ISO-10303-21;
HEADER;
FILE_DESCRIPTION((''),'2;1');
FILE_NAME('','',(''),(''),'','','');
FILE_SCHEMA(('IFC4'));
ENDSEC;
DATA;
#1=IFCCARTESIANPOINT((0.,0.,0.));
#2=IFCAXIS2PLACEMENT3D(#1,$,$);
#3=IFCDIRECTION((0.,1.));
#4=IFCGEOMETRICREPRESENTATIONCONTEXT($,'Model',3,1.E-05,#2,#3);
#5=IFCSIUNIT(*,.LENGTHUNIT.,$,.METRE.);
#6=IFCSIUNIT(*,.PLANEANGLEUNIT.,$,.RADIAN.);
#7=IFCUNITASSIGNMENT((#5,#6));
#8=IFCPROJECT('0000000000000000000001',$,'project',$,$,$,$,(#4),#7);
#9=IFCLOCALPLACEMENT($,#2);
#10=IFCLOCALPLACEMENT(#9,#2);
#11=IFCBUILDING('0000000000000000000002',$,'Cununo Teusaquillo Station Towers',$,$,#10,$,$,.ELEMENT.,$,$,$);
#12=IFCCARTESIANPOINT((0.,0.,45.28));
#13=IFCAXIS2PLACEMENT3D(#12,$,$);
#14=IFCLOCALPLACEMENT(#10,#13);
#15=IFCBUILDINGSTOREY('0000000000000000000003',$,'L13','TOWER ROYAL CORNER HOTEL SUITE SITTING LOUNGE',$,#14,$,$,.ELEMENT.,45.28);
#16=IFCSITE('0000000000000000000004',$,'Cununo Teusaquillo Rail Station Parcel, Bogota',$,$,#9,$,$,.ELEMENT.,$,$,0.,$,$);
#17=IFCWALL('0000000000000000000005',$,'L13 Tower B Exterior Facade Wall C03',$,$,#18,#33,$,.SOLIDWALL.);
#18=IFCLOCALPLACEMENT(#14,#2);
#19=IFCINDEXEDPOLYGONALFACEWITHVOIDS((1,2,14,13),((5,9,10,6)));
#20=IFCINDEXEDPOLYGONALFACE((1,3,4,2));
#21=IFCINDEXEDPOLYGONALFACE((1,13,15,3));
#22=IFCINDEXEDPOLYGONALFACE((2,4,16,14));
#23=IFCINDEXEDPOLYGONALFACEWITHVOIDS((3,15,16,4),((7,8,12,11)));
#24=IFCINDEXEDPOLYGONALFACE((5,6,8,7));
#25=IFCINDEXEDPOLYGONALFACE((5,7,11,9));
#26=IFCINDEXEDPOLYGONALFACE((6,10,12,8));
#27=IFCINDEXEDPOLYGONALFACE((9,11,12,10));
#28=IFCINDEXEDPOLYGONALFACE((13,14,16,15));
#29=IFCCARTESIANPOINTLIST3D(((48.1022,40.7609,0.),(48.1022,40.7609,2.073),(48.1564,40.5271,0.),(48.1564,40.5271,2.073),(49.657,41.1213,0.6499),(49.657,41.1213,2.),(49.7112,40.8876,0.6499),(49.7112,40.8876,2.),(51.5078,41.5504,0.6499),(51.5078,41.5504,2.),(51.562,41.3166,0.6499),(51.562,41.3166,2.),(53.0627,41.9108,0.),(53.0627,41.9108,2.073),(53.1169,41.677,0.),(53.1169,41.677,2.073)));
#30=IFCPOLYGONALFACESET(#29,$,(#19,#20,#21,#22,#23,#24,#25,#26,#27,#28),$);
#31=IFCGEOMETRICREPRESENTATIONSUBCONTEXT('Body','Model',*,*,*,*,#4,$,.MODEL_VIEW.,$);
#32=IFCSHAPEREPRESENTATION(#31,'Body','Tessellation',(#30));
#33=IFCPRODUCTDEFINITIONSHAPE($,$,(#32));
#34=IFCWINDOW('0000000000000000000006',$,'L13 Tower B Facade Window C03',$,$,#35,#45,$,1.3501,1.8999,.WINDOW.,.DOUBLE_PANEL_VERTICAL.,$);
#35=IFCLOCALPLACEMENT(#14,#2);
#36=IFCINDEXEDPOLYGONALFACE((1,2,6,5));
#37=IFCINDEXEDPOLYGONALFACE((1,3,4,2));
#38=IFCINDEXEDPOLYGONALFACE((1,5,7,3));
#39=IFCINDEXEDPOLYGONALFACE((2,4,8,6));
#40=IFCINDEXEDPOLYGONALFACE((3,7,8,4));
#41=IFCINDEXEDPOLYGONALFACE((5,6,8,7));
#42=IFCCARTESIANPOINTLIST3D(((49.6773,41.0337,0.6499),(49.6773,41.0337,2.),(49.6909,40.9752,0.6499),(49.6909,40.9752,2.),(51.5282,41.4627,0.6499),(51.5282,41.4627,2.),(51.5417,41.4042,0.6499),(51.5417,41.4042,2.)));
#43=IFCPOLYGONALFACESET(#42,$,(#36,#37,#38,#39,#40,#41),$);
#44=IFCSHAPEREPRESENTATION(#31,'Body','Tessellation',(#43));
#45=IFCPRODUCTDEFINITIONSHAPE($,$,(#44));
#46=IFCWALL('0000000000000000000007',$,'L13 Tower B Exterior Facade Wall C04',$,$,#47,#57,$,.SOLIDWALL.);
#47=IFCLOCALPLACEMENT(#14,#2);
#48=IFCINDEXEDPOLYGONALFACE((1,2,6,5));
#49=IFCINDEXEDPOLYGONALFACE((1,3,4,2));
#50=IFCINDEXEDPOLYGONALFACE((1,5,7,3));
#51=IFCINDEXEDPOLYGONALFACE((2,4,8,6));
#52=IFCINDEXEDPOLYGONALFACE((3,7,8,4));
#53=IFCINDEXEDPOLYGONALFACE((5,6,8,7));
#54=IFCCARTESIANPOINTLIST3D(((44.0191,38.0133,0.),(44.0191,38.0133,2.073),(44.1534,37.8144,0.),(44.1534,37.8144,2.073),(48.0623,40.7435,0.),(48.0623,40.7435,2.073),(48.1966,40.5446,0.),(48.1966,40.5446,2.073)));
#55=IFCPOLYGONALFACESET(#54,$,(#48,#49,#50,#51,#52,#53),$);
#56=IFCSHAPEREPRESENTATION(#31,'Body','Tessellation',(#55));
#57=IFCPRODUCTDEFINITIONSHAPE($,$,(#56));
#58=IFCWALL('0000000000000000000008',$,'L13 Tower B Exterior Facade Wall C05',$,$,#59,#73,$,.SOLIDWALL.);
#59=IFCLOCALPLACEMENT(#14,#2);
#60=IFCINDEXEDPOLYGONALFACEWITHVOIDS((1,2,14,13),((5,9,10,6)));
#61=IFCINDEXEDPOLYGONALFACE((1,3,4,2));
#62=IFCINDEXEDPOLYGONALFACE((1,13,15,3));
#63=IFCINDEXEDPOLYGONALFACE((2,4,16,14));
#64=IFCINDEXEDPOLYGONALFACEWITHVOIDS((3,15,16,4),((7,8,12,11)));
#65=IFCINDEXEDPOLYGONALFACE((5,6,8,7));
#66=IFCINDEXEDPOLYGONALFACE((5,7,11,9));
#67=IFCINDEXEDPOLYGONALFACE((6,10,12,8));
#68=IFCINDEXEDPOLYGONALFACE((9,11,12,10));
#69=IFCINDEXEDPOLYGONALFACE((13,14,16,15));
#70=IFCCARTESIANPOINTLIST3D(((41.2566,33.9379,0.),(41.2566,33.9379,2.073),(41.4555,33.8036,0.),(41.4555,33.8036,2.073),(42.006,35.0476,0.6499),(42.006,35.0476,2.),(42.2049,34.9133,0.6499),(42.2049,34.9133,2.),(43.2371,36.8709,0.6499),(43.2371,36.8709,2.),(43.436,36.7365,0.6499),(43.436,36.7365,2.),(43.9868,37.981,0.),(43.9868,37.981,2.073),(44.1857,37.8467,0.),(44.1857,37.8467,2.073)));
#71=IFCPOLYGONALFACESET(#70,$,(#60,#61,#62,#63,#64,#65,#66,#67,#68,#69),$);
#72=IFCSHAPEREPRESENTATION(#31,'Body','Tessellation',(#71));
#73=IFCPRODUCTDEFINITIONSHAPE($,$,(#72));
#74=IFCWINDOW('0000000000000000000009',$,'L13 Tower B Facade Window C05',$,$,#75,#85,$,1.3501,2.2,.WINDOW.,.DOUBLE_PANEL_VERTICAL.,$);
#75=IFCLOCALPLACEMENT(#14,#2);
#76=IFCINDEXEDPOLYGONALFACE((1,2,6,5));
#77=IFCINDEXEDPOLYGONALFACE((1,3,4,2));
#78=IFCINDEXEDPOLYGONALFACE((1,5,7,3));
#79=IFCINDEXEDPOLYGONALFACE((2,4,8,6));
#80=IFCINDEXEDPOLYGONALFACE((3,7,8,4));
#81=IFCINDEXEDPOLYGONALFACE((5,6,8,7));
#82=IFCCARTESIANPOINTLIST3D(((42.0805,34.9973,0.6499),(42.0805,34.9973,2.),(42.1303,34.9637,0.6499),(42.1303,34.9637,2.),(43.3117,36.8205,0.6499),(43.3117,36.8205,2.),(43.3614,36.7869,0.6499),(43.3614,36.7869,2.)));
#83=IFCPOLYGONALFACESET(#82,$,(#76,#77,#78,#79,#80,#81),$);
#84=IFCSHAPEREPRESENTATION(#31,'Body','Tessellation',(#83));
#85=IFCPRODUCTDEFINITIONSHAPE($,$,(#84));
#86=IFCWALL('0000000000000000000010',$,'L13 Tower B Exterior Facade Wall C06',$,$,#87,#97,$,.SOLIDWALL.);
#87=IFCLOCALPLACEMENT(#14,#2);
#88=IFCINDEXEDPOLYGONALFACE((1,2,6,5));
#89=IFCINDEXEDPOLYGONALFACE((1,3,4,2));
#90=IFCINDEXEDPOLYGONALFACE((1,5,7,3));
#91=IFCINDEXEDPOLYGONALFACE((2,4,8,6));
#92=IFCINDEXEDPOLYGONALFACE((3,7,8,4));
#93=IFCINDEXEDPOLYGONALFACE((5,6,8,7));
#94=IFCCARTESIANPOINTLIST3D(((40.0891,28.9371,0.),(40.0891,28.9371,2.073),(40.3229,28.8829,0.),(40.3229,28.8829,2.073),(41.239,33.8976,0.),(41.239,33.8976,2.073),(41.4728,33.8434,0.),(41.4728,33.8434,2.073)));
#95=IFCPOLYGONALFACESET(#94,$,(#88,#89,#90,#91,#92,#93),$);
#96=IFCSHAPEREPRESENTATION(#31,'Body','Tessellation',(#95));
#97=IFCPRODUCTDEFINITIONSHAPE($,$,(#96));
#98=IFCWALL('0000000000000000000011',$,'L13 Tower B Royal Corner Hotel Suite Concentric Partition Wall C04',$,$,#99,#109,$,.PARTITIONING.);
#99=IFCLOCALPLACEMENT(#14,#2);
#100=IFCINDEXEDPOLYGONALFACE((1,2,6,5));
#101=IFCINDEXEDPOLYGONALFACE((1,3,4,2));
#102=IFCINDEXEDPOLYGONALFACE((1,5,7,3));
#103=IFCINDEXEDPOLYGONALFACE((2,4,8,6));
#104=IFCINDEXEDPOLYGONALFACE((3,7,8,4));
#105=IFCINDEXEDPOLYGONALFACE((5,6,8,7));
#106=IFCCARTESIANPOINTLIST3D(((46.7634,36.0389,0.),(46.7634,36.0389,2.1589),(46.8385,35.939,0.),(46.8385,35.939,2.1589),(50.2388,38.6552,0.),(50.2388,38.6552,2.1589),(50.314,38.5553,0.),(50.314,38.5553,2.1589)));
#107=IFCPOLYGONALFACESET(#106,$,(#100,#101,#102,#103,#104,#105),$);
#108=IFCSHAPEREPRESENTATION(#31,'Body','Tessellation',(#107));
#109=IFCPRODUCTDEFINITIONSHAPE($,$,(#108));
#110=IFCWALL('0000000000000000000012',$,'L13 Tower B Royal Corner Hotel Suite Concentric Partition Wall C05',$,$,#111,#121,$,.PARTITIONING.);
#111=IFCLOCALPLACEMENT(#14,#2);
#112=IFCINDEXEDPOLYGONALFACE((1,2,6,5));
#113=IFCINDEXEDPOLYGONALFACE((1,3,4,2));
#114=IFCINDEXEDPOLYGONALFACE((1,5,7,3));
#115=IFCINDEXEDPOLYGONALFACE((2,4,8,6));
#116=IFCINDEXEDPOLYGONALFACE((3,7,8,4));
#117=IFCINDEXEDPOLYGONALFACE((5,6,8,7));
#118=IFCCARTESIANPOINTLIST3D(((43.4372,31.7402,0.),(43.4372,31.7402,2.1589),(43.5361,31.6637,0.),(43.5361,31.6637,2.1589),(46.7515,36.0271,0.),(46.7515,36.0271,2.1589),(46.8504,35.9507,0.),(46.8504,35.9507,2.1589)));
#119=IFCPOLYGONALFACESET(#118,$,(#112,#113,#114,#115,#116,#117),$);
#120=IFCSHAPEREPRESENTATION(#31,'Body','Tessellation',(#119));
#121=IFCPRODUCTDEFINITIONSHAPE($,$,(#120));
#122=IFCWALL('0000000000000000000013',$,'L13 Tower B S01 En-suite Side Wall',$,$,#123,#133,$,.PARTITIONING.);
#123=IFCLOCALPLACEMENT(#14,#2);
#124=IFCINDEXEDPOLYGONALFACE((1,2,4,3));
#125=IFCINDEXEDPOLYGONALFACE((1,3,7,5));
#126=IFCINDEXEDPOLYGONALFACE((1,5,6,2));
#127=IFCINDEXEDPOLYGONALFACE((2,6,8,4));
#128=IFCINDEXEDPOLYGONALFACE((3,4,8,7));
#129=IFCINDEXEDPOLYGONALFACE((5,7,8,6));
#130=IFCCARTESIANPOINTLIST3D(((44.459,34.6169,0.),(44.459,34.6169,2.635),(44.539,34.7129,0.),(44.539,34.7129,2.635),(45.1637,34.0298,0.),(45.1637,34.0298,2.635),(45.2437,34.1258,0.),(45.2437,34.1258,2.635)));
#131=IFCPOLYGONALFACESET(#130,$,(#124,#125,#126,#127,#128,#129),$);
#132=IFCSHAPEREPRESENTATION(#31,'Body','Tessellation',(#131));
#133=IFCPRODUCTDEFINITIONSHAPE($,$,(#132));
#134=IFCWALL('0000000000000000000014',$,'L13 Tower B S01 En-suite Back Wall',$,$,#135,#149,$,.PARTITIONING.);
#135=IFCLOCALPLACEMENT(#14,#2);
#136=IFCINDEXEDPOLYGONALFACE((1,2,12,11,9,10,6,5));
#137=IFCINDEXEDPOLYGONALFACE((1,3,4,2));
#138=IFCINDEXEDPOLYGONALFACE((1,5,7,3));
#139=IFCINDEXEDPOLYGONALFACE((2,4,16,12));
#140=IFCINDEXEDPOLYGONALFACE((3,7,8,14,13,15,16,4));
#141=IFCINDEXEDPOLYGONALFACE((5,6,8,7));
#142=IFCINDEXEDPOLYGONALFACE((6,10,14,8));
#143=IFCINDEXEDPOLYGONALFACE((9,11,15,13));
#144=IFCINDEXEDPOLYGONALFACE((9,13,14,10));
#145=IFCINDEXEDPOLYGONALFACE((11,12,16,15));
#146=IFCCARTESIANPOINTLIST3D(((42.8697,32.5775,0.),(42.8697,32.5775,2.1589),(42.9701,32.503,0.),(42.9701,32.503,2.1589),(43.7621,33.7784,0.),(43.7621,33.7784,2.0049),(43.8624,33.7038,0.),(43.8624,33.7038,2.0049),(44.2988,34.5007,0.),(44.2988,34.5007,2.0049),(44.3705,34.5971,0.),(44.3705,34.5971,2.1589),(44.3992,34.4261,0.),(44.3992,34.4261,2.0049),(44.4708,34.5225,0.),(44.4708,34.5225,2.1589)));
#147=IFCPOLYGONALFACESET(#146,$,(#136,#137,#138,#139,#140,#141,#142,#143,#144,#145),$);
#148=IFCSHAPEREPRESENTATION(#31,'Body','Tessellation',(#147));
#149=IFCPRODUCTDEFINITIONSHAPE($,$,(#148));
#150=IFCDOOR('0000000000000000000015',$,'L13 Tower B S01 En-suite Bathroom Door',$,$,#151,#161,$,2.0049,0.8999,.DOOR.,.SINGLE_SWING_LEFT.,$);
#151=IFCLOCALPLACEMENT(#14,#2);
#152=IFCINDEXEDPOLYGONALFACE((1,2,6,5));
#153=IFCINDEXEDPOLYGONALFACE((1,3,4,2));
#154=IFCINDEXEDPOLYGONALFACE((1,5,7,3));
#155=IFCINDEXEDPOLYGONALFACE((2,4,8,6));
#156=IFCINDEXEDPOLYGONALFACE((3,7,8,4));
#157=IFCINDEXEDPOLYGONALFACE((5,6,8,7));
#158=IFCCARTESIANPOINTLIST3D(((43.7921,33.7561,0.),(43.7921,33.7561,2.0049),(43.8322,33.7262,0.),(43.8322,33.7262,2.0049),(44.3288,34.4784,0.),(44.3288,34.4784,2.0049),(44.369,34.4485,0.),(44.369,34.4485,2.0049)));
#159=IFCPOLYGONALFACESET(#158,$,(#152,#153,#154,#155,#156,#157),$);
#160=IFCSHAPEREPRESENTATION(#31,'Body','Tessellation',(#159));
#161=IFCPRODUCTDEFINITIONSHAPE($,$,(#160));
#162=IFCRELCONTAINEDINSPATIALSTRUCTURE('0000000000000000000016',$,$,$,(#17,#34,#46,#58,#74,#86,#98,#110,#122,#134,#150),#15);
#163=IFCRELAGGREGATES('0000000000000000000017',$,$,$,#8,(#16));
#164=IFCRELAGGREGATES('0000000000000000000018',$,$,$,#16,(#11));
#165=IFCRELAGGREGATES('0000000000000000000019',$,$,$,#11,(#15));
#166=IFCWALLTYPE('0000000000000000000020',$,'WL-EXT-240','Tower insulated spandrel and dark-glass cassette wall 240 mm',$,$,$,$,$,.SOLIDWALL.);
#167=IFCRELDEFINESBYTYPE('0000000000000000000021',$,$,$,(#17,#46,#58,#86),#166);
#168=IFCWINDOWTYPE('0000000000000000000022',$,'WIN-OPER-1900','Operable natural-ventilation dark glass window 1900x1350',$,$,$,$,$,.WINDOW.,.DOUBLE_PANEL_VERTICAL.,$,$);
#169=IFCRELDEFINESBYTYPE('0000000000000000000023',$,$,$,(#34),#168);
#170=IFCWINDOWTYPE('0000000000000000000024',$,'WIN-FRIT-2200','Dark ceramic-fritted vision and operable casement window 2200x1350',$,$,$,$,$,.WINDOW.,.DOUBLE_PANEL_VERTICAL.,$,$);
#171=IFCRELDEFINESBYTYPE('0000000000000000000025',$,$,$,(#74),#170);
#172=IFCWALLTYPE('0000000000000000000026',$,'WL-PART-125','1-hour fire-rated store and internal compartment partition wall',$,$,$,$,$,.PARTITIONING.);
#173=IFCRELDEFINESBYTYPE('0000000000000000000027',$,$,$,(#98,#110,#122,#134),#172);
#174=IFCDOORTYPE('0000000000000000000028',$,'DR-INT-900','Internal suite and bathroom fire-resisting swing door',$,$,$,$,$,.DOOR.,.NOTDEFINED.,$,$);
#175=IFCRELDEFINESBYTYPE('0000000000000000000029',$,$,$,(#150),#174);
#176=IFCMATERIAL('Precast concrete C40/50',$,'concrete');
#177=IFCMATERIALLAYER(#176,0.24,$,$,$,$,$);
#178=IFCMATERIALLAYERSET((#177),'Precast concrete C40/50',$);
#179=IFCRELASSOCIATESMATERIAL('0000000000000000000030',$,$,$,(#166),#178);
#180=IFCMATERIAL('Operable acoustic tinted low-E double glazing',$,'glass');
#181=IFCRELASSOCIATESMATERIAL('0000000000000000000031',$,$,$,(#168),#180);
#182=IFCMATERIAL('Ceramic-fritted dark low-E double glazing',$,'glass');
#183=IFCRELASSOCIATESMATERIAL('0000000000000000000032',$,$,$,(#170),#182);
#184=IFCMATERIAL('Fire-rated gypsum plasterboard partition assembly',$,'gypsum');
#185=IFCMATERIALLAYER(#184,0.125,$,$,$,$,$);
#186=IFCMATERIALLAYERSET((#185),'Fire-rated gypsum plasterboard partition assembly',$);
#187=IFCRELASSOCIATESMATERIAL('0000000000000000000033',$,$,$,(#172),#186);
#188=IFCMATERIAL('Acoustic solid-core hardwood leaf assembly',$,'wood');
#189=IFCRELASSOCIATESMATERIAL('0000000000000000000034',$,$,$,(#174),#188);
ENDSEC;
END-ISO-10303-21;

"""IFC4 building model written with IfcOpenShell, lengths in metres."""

from ifc_helpers import new_model, si_unit, direction, frame, frame_2d, origin, place, context, subcontext, project, spatial, rectangle, extrude, source, transform, mapped, material, layer, layer_set, type_object, element, fill, save


model = new_model("IFC4")

# Units and contexts
model_context = context("Model", 3, precision=1e-05, world=origin(), true_north=direction((0.0, 1.0)))
body_context = subcontext(model_context, "Body", "Model", "MODEL_VIEW")
ifc_project = project(units=[si_unit("LENGTHUNIT", "METRE"), si_unit("PLANEANGLEUNIT", "RADIAN")], contexts=[model_context])

# Site, building, storey
site_placement = place(None, origin())
site = spatial("IfcSite", under=ifc_project, at=site_placement, Name="Cununo Teusaquillo Rail Station Parcel, Bogota", CompositionType="ELEMENT", RefElevation=0.0)
building_placement = place(site_placement, origin())
building = spatial("IfcBuilding", under=site, at=building_placement, Name="Cununo Teusaquillo Station Towers", CompositionType="ELEMENT")
storey_placement = place(building_placement, frame((0.0, 0.0, 45.28)))
storey = spatial("IfcBuildingStorey", under=building, at=storey_placement, Name="L13", Description="TOWER ROYAL CORNER HOTEL SUITE SITTING LOUNGE", CompositionType="ELEMENT", Elevation=45.28)

# Wall, opening, window
ifc_material_1 = material(Name="Precast concrete C40/50", Category="concrete")
ifc_layer_1 = layer(ifc_material_1, 0.24)
ifc_layer_set_1 = layer_set([ifc_layer_1], Name="Precast concrete C40/50")
wall_type_1 = type_object("IfcWallType", Name="WL-EXT-240", Description="Tower insulated spandrel and dark-glass cassette wall 240 mm", PredefinedType="SOLIDWALL", material=ifc_layer_set_1)
wall_1_placement = place(storey_placement, frame((48.1294, 40.644, 0.0), z_axis=(0.0, 0.0, 1.0), x_axis=(0.974168, 0.225826, 0.0)))
wall_1 = element("IfcWall", 1, at=wall_1_placement, inside=storey, type_object=wall_type_1, Name="L13 Tower B Exterior Facade Wall C03", PredefinedType="SOLIDWALL", context=body_context, shape_type="SweptSolid", body=[
    extrude(rectangle(XDim=5.092, YDim=0.24, at=frame_2d((2.5459, 0.0))), origin(), (0.0, 0.0, 1.0), 2.073),
])
shared_shape_1 = source(origin(), body_context, "Body", "SweptSolid", [
    extrude(rectangle(XDim=1.8999, YDim=1.3501, at=frame_2d((0.95, 0.675))), frame((0.0, 0.1299, 0.0), z_axis=(0.0, -1.0, 0.0), x_axis=(1.0, 0.0, 0.0)), (0.0, 0.0, 1.0), 0.26),
])
opening_1_placement = place(wall_1_placement, frame((1.5959, 0.0, 0.6499)))
opening_1 = element("IfcOpeningElement", 2, at=opening_1_placement, cuts=wall_1, PredefinedType="OPENING", context=body_context, shape_type="MappedRepresentation", body=[
    mapped(shared_shape_1, transform((0.0, 0.0, 0.0), x_axis=(1.0, 0.0, 0.0), y_axis=(0.0, 1.0, 0.0), z_axis=(0.0, 0.0, 1.0), scale=1.0)),
])
ifc_material_2 = material(Name="Operable acoustic tinted low-E double glazing", Category="glass")
window_type_1 = type_object("IfcWindowType", Name="WIN-OPER-1900", Description="Operable natural-ventilation dark glass window 1900x1350", PartitioningType="DOUBLE_PANEL_VERTICAL", PredefinedType="WINDOW", material=ifc_material_2)
shared_shape_2 = source(origin(), body_context, "Body", "SweptSolid", [
    extrude(rectangle(XDim=1.8999, YDim=1.3501, at=frame_2d((0.95, 0.675))), frame((0.0, 0.03, 0.0), z_axis=(0.0, -1.0, 0.0), x_axis=(1.0, 0.0, 0.0)), (0.0, 0.0, 1.0), 0.0601),
])
window_1_placement = place(opening_1_placement, origin())
window_1 = element("IfcWindow", 3, at=window_1_placement, inside=storey, type_object=window_type_1, Name="L13 Tower B Facade Window C03", OverallHeight=1.3501, OverallWidth=1.8999, PartitioningType="DOUBLE_PANEL_VERTICAL", PredefinedType="WINDOW", context=body_context, shape_type="MappedRepresentation", body=[
    mapped(shared_shape_2, transform((0.0, 0.0, 0.0), x_axis=(1.0, 0.0, 0.0), y_axis=(0.0, 1.0, 0.0), z_axis=(0.0, 0.0, 1.0), scale=1.0)),
])
fill(opening_1, window_1)

# Wall
wall_2_placement = place(storey_placement, frame((44.0862, 37.9138, 0.0), z_axis=(0.0, 0.0, 1.0), x_axis=(0.828748, 0.559622, 0.0)))
element("IfcWall", 4, at=wall_2_placement, inside=storey, type_object=wall_type_1, Name="L13 Tower B Exterior Facade Wall C04", PredefinedType="SOLIDWALL", context=body_context, shape_type="SweptSolid", body=[
    extrude(rectangle(XDim=4.8787, YDim=0.24, at=frame_2d((2.4395, 0.0))), origin(), (0.0, 0.0, 1.0), 2.073),
])

# Wall, opening, window
wall_3_placement = place(storey_placement, frame((41.356, 33.8706, 0.0), z_axis=(0.0, 0.0, 1.0), x_axis=(0.559622, 0.828748, 0.0)))
wall_3 = element("IfcWall", 5, at=wall_3_placement, inside=storey, type_object=wall_type_1, Name="L13 Tower B Exterior Facade Wall C05", PredefinedType="SOLIDWALL", context=body_context, shape_type="SweptSolid", body=[
    extrude(rectangle(XDim=4.8787, YDim=0.24, at=frame_2d((2.4395, 0.0))), origin(), (0.0, 0.0, 1.0), 2.073),
])
shared_shape_3 = source(origin(), body_context, "Body", "SweptSolid", [
    extrude(rectangle(XDim=2.2, YDim=1.3501, at=frame_2d((1.1001, 0.675))), frame((0.0, 0.1299, 0.0), z_axis=(0.0, -1.0, 0.0), x_axis=(1.0, 0.0, 0.0)), (0.0, 0.0, 1.0), 0.26),
])
opening_2_placement = place(wall_3_placement, frame((1.3391, 0.0, 0.6499)))
opening_2 = element("IfcOpeningElement", 6, at=opening_2_placement, cuts=wall_3, PredefinedType="OPENING", context=body_context, shape_type="MappedRepresentation", body=[
    mapped(shared_shape_3, transform((0.0, 0.0, 0.0), x_axis=(1.0, 0.0, 0.0), y_axis=(0.0, 1.0, 0.0), z_axis=(0.0, 0.0, 1.0), scale=1.0)),
])
ifc_material_3 = material(Name="Ceramic-fritted dark low-E double glazing", Category="glass")
window_type_2 = type_object("IfcWindowType", Name="WIN-FRIT-2200", Description="Dark ceramic-fritted vision and operable casement window 2200x1350", PartitioningType="DOUBLE_PANEL_VERTICAL", PredefinedType="WINDOW", material=ifc_material_3)
shared_shape_4 = source(origin(), body_context, "Body", "SweptSolid", [
    extrude(rectangle(XDim=2.2, YDim=1.3501, at=frame_2d((1.1001, 0.675))), frame((0.0, 0.03, 0.0), z_axis=(0.0, -1.0, 0.0), x_axis=(1.0, 0.0, 0.0)), (0.0, 0.0, 1.0), 0.0601),
])
window_2_placement = place(opening_2_placement, origin())
window_2 = element("IfcWindow", 7, at=window_2_placement, inside=storey, type_object=window_type_2, Name="L13 Tower B Facade Window C05", OverallHeight=1.3501, OverallWidth=2.2, PartitioningType="DOUBLE_PANEL_VERTICAL", PredefinedType="WINDOW", context=body_context, shape_type="MappedRepresentation", body=[
    mapped(shared_shape_4, transform((0.0, 0.0, 0.0), x_axis=(1.0, 0.0, 0.0), y_axis=(0.0, 1.0, 0.0), z_axis=(0.0, 0.0, 1.0), scale=1.0)),
])
fill(opening_2, window_2)

# Walls
wall_4_placement = place(storey_placement, frame((40.2061, 28.9102, 0.0), z_axis=(0.0, 0.0, 1.0), x_axis=(0.225826, 0.974168, 0.0)))
element("IfcWall", 8, at=wall_4_placement, inside=storey, type_object=wall_type_1, Name="L13 Tower B Exterior Facade Wall C06", PredefinedType="SOLIDWALL", context=body_context, shape_type="SweptSolid", body=[
    extrude(rectangle(XDim=5.092, YDim=0.24, at=frame_2d((2.5459, 0.0))), origin(), (0.0, 0.0, 1.0), 2.073),
])
ifc_material_4 = material(Name="Fire-rated gypsum plasterboard partition assembly", Category="gypsum")
ifc_layer_2 = layer(ifc_material_4, 0.125)
ifc_layer_set_2 = layer_set([ifc_layer_2], Name="Fire-rated gypsum plasterboard partition assembly")
wall_type_2 = type_object("IfcWallType", Name="WL-PART-125", Description="1-hour fire-rated store and internal compartment partition wall", PredefinedType="PARTITIONING", material=ifc_layer_set_2)
wall_5_placement = place(storey_placement, frame((50.2764, 38.6052, 0.0), z_axis=(0.0, 0.0, 1.0), x_axis=(-0.798928, -0.601427, 0.0)))
element("IfcWall", 9, at=wall_5_placement, inside=storey, type_object=wall_type_2, Name="L13 Tower B Royal Corner Hotel Suite Concentric Partition Wall C04", PredefinedType="PARTITIONING", context=body_context, shape_type="SweptSolid", body=[
    extrude(rectangle(XDim=4.3501, YDim=0.125, at=frame_2d((2.175, 0.0))), origin(), (0.0, 0.0, 1.0), 2.1589),
])
wall_6_placement = place(storey_placement, frame((46.801, 35.989, 0.0), z_axis=(0.0, 0.0, 1.0), x_axis=(-0.611636, -0.791139, 0.0)))
element("IfcWall", 10, at=wall_6_placement, inside=storey, type_object=wall_type_2, Name="L13 Tower B Royal Corner Hotel Suite Concentric Partition Wall C05", PredefinedType="PARTITIONING", context=body_context, shape_type="SweptSolid", body=[
    extrude(rectangle(XDim=5.4187, YDim=0.125, at=frame_2d((2.7095, 0.0))), origin(), (0.0, 0.0, 1.0), 2.1589),
])
wall_7_placement = place(storey_placement, frame((45.2036, 34.0779, 0.0), z_axis=(0.0, 0.0, 1.0), x_axis=(-0.76833, 0.640054, 0.0)))
element("IfcWall", 11, at=wall_7_placement, inside=storey, type_object=wall_type_2, Name="L13 Tower B S01 En-suite Side Wall", PredefinedType="PARTITIONING", context=body_context, shape_type="SweptSolid", body=[
    extrude(rectangle(XDim=0.9172, YDim=0.125, at=frame_2d((0.4585, 0.0))), origin(), (0.0, 0.0, 1.0), 2.635),
])

# Wall, opening, door
wall_8_placement = place(storey_placement, frame((44.4207, 34.5598, 0.0), z_axis=(0.0, 0.0, 1.0), x_axis=(-0.596454, -0.802647, 0.0)))
wall_8 = element("IfcWall", 12, at=wall_8_placement, inside=storey, type_object=wall_type_2, Name="L13 Tower B S01 En-suite Back Wall", PredefinedType="PARTITIONING", context=body_context, shape_type="SweptSolid", body=[
    extrude(rectangle(XDim=2.5161, YDim=0.125, at=frame_2d((1.2581, 0.0))), origin(), (0.0, 0.0, 1.0), 2.1589),
])
shared_shape_5 = source(origin(), body_context, "Body", "SweptSolid", [
    extrude(rectangle(XDim=0.8999, YDim=2.0049, at=frame_2d((0.45, 1.0024))), frame((0.0, 0.0725, 0.0), z_axis=(0.0, -1.0, 0.0), x_axis=(1.0, 0.0, 0.0)), (0.0, 0.0, 1.0), 0.145),
])
opening_3_placement = place(wall_8_placement, frame((0.1201, 0.0, 0.0)))
opening_3 = element("IfcOpeningElement", 13, at=opening_3_placement, cuts=wall_8, PredefinedType="OPENING", context=body_context, shape_type="MappedRepresentation", body=[
    mapped(shared_shape_5, transform((0.0, 0.0, 0.0), x_axis=(1.0, 0.0, 0.0), y_axis=(0.0, 1.0, 0.0), z_axis=(0.0, 0.0, 1.0), scale=1.0)),
])
ifc_material_5 = material(Name="Acoustic solid-core hardwood leaf assembly", Category="wood")
door_type_1 = type_object("IfcDoorType", Name="DR-INT-900", Description="Internal suite and bathroom fire-resisting swing door", OperationType="NOTDEFINED", PredefinedType="DOOR", material=ifc_material_5)
shared_shape_6 = source(origin(), body_context, "Body", "SweptSolid", [
    extrude(rectangle(XDim=0.8999, YDim=2.0049, at=frame_2d((0.45, 1.0024))), frame((0.0, 0.0249, 0.0), z_axis=(0.0, -1.0, 0.0), x_axis=(1.0, 0.0, 0.0)), (0.0, 0.0, 1.0), 0.05),
])
door_1_placement = place(opening_3_placement, origin())
door_1 = element("IfcDoor", 14, at=door_1_placement, inside=storey, type_object=door_type_1, Name="L13 Tower B S01 En-suite Bathroom Door", OperationType="SINGLE_SWING_LEFT", OverallHeight=2.0049, OverallWidth=0.8999, PredefinedType="DOOR", context=body_context, shape_type="MappedRepresentation", body=[
    mapped(shared_shape_6, transform((0.0, 0.0, 0.0), x_axis=(1.0, 0.0, 0.0), y_axis=(0.0, 1.0, 0.0), z_axis=(0.0, 0.0, 1.0), scale=1.0)),
])
fill(opening_3, door_1)

save(model, "model.ifc")
